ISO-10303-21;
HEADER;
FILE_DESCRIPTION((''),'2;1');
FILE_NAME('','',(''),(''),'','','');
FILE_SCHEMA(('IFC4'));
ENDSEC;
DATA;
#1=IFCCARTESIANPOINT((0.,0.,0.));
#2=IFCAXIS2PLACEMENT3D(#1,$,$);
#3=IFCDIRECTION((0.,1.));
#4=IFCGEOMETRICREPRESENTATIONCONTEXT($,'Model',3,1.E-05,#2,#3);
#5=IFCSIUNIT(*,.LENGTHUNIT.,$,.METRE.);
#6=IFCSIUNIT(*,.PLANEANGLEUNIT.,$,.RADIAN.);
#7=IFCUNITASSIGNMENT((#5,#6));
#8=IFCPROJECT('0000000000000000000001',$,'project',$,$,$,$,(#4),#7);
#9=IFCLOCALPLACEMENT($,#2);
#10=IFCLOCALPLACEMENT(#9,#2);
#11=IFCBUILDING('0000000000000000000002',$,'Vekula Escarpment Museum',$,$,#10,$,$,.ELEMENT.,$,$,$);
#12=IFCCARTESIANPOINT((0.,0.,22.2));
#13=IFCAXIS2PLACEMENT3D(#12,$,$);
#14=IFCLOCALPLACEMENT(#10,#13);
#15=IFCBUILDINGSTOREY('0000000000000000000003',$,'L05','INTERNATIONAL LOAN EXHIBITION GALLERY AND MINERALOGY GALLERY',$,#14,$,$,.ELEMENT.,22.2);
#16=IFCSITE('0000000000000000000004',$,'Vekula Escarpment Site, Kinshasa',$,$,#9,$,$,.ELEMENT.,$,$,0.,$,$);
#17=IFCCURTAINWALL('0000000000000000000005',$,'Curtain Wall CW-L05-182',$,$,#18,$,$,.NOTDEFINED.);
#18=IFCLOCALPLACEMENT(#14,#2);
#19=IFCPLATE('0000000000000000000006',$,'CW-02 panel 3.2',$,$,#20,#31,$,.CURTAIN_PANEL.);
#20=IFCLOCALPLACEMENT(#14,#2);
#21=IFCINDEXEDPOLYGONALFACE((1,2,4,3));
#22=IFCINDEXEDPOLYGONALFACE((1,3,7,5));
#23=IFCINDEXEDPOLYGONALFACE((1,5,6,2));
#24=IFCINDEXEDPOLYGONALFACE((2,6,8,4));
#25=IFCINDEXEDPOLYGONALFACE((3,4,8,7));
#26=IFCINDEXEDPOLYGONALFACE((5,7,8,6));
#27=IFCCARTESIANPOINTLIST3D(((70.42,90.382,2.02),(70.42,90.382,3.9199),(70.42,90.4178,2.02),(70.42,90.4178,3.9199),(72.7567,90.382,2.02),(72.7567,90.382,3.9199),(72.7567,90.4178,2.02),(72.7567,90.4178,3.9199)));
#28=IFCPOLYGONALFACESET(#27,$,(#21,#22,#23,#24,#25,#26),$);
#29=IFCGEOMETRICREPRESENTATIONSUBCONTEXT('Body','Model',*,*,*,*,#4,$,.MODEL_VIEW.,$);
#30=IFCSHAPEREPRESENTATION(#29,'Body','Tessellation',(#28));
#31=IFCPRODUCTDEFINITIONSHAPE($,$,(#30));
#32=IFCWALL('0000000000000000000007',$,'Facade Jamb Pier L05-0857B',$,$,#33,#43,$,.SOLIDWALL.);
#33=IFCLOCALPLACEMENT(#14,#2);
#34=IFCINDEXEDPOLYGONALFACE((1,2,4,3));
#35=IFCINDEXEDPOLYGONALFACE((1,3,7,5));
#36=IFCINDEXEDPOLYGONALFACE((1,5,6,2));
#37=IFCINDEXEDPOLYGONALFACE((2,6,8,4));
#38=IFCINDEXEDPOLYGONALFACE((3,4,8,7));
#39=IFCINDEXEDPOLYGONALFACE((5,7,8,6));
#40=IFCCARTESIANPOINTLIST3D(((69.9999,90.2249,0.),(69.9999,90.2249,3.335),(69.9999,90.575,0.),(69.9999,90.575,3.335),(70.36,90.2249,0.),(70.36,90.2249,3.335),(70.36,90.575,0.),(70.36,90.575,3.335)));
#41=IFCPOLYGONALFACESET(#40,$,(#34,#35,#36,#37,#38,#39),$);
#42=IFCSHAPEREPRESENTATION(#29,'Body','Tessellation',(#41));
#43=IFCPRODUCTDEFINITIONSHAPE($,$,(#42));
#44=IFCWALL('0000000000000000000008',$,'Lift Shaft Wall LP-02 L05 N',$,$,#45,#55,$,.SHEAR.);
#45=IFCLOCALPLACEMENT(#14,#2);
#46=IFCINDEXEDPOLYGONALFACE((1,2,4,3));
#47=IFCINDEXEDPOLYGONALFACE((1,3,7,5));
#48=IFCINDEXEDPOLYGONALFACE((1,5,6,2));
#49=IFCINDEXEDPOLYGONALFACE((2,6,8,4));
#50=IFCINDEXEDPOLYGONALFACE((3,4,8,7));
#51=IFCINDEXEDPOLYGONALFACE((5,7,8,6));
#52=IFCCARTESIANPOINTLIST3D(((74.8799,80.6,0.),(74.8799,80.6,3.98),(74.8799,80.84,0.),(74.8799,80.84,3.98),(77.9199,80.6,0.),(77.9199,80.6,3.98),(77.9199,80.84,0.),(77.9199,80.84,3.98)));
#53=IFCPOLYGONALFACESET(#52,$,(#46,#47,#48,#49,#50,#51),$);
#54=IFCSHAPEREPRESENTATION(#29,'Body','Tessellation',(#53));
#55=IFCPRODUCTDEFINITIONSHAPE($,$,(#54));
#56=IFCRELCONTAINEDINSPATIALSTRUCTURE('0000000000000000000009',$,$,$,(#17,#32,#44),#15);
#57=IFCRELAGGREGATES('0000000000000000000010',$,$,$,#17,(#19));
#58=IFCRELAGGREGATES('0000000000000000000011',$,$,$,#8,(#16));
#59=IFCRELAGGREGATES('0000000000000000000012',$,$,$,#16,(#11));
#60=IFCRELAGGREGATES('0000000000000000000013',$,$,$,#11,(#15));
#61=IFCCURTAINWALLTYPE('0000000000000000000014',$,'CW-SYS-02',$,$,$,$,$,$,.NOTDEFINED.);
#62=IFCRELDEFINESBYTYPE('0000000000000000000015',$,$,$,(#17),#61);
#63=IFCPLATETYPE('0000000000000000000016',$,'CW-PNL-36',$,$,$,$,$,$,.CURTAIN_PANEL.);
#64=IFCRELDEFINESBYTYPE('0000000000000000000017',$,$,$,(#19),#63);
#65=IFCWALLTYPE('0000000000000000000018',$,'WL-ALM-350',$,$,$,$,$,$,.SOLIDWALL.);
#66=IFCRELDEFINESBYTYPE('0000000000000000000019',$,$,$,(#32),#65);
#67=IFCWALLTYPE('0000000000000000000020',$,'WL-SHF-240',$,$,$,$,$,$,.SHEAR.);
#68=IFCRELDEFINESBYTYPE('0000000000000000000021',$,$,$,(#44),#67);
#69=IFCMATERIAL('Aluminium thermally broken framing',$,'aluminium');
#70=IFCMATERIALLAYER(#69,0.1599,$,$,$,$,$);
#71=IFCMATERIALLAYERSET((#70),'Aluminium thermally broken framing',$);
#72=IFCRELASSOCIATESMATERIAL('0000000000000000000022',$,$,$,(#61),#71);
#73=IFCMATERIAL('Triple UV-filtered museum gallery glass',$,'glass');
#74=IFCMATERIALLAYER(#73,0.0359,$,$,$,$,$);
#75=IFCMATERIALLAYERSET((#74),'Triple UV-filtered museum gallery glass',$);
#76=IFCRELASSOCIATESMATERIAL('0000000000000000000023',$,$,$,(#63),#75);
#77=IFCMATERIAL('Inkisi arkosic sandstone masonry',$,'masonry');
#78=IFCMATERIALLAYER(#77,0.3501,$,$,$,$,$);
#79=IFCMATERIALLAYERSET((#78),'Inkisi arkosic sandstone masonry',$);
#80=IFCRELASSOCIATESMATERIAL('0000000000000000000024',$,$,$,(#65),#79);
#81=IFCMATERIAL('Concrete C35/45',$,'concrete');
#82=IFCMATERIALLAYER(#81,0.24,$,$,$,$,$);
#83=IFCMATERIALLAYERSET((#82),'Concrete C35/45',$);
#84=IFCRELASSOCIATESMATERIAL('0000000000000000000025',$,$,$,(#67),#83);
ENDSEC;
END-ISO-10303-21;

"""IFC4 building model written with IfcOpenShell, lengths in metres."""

from ifc_helpers import new_model, si_unit, direction, frame, frame_2d, origin, origin_2d, place, context, subcontext, project, spatial, rectangle, extrude, material, layer, layer_set, type_object, element, aggregate, save


model = new_model("IFC4")

# Units and contexts
model_context = context("Model", 3, precision=1e-05, world=origin(), true_north=direction((0.0, 1.0)))
body_context = subcontext(model_context, "Body", "Model", "MODEL_VIEW")
ifc_project = project(units=[si_unit("LENGTHUNIT", "METRE"), si_unit("PLANEANGLEUNIT", "RADIAN")], contexts=[model_context])

# Site, building, storey
site_placement = place(None, origin())
site = spatial("IfcSite", under=ifc_project, at=site_placement, Name="Vekula Escarpment Site, Kinshasa", CompositionType="ELEMENT", RefElevation=0.0)
building_placement = place(site_placement, origin())
building = spatial("IfcBuilding", under=site, at=building_placement, Name="Vekula Escarpment Museum", CompositionType="ELEMENT")
storey_placement = place(building_placement, frame((0.0, 0.0, 22.2)))
storey = spatial("IfcBuildingStorey", under=building, at=storey_placement, Name="L05", Description="INTERNATIONAL LOAN EXHIBITION GALLERY AND MINERALOGY GALLERY", CompositionType="ELEMENT", Elevation=22.2)

# Curtain wall, plate
ifc_material_1 = material(Name="Aluminium thermally broken framing", Category="aluminium")
ifc_layer_1 = layer(ifc_material_1, 0.1599)
ifc_layer_set_1 = layer_set([ifc_layer_1], Name="Aluminium thermally broken framing")
curtain_wall_type = type_object("IfcCurtainWallType", Name="CW-SYS-02", PredefinedType="NOTDEFINED", material=ifc_layer_set_1)
curtain_wall_placement = place(storey_placement, origin())
curtain_wall = element("IfcCurtainWall", 1, at=curtain_wall_placement, inside=storey, type_object=curtain_wall_type, Name="Curtain Wall CW-L05-182", PredefinedType="NOTDEFINED")
ifc_material_2 = material(Name="Triple UV-filtered museum gallery glass", Category="glass")
ifc_layer_2 = layer(ifc_material_2, 0.0359)
ifc_layer_set_2 = layer_set([ifc_layer_2], Name="Triple UV-filtered museum gallery glass")
plate_type = type_object("IfcPlateType", Name="CW-PNL-36", PredefinedType="CURTAIN_PANEL", material=ifc_layer_set_2)
plate_1_placement = place(storey_placement, frame((71.5884, 90.3999, 2.02), z_axis=(0.0, 0.0, 1.0), x_axis=(-1.0, 0.0, 0.0)))
plate_1 = element("IfcPlate", 2, at=plate_1_placement, type_object=plate_type, Name="CW-02 panel 3.2", PredefinedType="CURTAIN_PANEL", context=body_context, shape_type="SweptSolid", body=[
    extrude(rectangle(XDim=2.3367, YDim=0.0359, at=origin_2d()), origin(), (0.0, 0.0, 1.0), 1.8999),
])
aggregate(curtain_wall, [plate_1])

# Walls
ifc_material_3 = material(Name="Inkisi arkosic sandstone masonry", Category="masonry")
ifc_layer_3 = layer(ifc_material_3, 0.3501)
ifc_layer_set_3 = layer_set([ifc_layer_3], Name="Inkisi arkosic sandstone masonry")
wall_type_1 = type_object("IfcWallType", Name="WL-ALM-350", PredefinedType="SOLIDWALL", material=ifc_layer_set_3)
wall_1_placement = place(storey_placement, frame((70.3601, 90.3999, 0.0), z_axis=(0.0, 0.0, 1.0), x_axis=(-1.0, 0.0, 0.0)))
element("IfcWall", 3, at=wall_1_placement, inside=storey, type_object=wall_type_1, Name="Facade Jamb Pier L05-0857B", PredefinedType="SOLIDWALL", context=body_context, shape_type="SweptSolid", body=[
    extrude(rectangle(XDim=0.3601, YDim=0.3501, at=frame_2d((0.1802, 0.0))), origin(), (0.0, 0.0, 1.0), 3.335),
])
ifc_material_4 = material(Name="Concrete C35/45", Category="concrete")
ifc_layer_4 = layer(ifc_material_4, 0.24)
ifc_layer_set_4 = layer_set([ifc_layer_4], Name="Concrete C35/45")
wall_type_2 = type_object("IfcWallType", Name="WL-SHF-240", PredefinedType="SHEAR", material=ifc_layer_set_4)
wall_2_placement = place(storey_placement, frame((74.8799, 80.72, 0.0), z_axis=(0.0, 0.0, 1.0), x_axis=(1.0, 0.0, 0.0)))
element("IfcWall", 4, at=wall_2_placement, inside=storey, type_object=wall_type_2, Name="Lift Shaft Wall LP-02 L05 N", PredefinedType="SHEAR", context=body_context, shape_type="SweptSolid", body=[
    extrude(rectangle(XDim=3.04, YDim=0.24, at=frame_2d((1.52, 0.0))), origin(), (0.0, 0.0, 1.0), 3.98),
])

save(model, "model.ifc")
